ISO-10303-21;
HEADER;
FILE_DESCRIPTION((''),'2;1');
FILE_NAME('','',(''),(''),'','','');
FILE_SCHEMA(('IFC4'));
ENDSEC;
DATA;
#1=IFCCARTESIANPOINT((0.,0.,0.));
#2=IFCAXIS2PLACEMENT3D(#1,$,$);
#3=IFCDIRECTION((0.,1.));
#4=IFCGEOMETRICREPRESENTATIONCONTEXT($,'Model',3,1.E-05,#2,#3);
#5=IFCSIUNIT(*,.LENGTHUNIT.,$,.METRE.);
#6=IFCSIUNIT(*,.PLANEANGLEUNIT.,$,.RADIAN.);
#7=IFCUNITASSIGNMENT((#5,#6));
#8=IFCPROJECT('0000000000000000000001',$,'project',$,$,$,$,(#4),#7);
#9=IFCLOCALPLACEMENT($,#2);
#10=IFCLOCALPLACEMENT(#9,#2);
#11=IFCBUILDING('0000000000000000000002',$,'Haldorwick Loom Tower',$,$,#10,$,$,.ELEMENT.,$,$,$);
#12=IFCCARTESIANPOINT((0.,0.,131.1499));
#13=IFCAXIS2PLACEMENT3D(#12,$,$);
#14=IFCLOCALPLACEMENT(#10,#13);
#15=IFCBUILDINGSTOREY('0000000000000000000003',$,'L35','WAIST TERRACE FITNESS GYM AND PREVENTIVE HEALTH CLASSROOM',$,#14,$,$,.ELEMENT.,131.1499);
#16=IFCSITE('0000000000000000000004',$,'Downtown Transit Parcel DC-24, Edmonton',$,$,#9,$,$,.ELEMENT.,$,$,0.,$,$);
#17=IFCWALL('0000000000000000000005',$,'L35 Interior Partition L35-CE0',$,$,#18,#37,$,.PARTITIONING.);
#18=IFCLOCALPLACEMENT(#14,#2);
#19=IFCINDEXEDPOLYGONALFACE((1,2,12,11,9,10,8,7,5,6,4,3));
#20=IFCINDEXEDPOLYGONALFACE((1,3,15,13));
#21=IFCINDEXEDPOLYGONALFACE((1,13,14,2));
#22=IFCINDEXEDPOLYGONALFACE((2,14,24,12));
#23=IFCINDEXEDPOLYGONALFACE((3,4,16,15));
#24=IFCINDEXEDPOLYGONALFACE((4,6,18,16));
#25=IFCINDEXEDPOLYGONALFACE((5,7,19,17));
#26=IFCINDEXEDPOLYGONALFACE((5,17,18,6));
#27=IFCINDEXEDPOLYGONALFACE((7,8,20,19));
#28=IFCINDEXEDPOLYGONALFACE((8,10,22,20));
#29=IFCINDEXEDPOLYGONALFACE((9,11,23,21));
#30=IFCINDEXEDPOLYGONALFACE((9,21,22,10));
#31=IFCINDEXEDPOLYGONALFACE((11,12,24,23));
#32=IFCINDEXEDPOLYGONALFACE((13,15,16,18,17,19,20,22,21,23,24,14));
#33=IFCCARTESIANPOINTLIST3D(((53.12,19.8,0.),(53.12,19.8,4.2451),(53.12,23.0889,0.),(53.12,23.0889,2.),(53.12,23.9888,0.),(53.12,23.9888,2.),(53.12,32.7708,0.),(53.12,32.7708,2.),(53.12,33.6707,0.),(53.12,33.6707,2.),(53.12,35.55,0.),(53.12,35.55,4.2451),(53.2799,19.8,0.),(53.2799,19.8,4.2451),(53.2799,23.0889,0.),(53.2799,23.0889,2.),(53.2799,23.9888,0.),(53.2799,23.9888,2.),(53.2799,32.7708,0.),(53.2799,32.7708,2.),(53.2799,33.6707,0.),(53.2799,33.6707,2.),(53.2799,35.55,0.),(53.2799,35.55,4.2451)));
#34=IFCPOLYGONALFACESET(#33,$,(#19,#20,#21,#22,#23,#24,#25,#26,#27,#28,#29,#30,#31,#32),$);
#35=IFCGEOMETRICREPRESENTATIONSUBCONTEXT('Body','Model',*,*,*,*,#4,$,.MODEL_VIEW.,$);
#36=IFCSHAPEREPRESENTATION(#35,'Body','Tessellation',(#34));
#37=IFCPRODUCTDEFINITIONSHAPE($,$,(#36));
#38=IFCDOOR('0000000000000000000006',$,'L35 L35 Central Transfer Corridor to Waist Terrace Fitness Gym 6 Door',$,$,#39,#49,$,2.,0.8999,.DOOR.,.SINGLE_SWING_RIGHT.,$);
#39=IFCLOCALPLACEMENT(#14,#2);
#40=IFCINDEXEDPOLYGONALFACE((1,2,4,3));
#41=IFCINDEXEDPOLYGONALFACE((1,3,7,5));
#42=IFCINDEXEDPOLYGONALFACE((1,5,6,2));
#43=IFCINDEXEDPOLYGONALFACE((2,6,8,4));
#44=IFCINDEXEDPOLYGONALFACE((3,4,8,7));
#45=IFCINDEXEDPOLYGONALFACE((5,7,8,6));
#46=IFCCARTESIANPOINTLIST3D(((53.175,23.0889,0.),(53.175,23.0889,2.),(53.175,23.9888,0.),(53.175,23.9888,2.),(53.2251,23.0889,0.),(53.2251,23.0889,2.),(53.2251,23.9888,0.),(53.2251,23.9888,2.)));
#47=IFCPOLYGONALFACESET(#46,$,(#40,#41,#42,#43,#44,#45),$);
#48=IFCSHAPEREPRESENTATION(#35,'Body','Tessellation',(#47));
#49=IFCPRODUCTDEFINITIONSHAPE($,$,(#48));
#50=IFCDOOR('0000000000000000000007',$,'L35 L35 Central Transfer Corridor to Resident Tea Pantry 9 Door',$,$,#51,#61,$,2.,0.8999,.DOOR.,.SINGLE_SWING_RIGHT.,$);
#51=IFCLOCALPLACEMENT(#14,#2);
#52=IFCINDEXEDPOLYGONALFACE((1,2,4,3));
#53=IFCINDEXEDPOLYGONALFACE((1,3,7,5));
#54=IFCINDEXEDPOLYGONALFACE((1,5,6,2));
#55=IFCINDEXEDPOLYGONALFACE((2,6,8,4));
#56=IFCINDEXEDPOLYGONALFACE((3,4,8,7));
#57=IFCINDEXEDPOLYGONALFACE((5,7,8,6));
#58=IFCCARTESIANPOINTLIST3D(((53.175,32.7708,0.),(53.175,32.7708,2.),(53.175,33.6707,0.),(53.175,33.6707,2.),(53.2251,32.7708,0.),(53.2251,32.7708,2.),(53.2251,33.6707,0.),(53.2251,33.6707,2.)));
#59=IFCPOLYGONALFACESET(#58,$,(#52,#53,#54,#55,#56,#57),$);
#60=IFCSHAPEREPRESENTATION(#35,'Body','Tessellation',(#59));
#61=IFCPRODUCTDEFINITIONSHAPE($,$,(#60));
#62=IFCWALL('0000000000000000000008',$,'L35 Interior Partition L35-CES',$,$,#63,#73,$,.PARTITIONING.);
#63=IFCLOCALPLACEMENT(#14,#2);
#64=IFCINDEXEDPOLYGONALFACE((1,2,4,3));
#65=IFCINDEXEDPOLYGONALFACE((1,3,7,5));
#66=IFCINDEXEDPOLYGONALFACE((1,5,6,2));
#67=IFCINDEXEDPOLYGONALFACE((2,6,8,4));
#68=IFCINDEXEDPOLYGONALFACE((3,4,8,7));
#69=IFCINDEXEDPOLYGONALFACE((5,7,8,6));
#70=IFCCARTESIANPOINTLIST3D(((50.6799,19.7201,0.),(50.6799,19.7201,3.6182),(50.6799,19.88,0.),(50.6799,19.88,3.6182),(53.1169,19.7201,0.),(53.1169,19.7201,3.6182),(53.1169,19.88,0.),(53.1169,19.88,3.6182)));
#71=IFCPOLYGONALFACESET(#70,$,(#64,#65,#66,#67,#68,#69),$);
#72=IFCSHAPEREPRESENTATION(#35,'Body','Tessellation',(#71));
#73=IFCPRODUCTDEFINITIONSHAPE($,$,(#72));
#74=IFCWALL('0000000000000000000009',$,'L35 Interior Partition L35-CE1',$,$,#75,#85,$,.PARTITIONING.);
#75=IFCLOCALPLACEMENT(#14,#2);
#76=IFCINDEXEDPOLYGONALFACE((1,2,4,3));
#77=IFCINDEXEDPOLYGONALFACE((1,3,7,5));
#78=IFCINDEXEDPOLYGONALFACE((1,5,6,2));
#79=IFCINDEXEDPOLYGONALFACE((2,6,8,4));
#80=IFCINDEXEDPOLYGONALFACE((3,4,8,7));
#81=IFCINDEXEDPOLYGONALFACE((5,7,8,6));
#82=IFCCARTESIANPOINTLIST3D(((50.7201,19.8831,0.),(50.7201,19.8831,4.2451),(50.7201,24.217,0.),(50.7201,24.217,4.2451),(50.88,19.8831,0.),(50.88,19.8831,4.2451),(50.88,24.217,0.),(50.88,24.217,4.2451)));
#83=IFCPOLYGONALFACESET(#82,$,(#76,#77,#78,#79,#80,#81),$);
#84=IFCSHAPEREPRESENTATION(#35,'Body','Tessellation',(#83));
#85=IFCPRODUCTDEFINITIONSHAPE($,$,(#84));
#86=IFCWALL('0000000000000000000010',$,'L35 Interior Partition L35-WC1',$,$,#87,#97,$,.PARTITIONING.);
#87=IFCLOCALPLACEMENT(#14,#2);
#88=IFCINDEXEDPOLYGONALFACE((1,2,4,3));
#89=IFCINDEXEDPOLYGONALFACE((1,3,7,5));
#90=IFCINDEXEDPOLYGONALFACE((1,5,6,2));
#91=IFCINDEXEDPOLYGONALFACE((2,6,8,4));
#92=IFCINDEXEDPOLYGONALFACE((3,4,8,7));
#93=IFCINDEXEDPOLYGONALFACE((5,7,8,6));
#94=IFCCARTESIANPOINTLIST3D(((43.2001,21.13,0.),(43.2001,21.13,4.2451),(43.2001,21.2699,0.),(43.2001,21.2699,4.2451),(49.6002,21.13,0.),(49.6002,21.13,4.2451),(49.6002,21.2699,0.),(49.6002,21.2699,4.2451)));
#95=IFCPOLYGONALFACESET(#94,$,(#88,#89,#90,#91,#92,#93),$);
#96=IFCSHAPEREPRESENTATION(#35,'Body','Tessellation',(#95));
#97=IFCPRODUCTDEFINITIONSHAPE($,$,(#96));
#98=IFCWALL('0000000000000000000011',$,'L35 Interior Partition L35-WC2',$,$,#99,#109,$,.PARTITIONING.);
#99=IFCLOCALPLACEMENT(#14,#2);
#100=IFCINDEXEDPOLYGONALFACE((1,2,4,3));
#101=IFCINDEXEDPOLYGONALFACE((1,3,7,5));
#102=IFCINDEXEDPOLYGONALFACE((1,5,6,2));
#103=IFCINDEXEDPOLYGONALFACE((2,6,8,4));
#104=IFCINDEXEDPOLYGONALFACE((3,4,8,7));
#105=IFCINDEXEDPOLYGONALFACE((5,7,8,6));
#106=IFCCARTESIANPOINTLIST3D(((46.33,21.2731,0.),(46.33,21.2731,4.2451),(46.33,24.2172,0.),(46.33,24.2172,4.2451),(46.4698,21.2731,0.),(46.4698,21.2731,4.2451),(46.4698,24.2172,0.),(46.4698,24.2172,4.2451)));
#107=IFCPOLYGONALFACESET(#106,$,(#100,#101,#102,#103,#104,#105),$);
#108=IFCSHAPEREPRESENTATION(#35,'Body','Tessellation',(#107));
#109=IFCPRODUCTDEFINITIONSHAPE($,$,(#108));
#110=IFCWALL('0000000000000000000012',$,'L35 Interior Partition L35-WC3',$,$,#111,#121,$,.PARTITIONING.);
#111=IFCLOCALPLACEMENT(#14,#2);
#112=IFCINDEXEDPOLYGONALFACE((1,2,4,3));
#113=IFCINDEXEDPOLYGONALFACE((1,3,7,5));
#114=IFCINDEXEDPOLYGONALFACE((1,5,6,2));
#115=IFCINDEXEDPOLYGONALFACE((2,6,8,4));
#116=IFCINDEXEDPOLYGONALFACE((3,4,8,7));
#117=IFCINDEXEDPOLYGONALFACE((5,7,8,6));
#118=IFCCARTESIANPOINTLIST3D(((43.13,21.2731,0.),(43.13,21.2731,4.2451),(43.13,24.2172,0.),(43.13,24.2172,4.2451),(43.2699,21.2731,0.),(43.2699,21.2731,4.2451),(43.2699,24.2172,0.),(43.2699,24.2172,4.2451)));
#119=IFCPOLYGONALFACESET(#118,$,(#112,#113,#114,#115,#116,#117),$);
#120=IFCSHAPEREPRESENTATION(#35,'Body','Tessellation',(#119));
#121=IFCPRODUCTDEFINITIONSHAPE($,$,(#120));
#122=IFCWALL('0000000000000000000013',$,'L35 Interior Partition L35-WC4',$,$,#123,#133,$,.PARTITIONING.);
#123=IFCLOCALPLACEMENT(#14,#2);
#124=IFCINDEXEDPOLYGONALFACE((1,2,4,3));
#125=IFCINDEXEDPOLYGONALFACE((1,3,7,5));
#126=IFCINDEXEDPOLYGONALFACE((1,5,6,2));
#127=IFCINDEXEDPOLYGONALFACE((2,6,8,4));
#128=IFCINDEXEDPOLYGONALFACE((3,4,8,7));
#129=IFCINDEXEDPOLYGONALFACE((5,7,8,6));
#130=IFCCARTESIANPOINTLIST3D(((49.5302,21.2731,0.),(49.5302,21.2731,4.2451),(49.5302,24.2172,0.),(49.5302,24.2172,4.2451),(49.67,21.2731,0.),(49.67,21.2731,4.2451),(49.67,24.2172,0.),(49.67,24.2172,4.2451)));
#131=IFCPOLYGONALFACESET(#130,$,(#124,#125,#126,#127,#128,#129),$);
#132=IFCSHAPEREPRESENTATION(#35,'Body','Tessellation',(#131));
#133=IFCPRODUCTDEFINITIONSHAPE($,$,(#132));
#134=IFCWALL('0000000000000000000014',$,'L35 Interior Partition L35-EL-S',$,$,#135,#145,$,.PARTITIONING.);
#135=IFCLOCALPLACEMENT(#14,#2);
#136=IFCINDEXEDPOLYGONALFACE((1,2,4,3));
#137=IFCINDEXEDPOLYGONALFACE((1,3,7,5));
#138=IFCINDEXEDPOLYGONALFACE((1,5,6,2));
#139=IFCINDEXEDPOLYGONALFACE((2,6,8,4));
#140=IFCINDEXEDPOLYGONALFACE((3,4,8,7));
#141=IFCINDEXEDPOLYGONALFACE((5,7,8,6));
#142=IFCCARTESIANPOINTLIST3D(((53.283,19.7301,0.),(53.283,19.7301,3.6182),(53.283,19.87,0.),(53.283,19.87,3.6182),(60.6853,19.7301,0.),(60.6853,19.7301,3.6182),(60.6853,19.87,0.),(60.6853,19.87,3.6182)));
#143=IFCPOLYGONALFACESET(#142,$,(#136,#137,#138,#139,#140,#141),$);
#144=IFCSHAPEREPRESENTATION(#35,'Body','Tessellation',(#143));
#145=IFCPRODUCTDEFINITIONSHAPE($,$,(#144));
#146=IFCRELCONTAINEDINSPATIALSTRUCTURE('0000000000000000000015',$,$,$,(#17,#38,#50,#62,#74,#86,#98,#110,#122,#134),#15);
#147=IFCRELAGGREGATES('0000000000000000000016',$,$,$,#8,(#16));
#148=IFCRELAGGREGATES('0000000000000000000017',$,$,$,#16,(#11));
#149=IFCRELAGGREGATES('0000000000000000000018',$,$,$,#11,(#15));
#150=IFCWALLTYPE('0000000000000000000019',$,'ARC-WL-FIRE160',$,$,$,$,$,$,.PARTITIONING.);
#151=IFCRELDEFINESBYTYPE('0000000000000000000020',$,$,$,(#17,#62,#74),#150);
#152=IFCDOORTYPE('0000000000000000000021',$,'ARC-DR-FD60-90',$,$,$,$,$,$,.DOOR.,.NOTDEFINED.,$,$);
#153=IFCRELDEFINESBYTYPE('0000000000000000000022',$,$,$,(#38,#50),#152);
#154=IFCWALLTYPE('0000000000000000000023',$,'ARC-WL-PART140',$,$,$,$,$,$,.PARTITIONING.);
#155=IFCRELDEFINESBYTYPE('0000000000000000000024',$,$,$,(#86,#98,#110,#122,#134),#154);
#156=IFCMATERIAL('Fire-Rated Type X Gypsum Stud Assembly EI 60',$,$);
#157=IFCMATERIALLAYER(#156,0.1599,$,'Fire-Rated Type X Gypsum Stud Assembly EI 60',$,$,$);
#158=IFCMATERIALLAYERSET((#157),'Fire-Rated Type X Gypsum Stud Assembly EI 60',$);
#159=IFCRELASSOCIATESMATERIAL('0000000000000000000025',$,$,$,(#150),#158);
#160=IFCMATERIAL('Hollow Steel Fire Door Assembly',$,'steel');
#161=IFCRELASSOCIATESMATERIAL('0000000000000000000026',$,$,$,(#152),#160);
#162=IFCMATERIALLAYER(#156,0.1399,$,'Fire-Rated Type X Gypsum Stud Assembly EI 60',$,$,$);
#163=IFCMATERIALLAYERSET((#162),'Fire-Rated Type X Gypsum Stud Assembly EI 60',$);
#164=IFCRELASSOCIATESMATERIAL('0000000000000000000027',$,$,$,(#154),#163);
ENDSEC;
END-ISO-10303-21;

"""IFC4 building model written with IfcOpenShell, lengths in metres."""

from ifc_helpers import new_model, si_unit, direction, frame, frame_2d, origin, place, context, subcontext, project, spatial, rectangle, extrude, material, layer, layer_set, type_object, element, fill, save


model = new_model("IFC4")

# Units and contexts
model_context = context("Model", 3, precision=1e-05, world=origin(), true_north=direction((0.0, 1.0)))
body_context = subcontext(model_context, "Body", "Model", "MODEL_VIEW")
ifc_project = project(units=[si_unit("LENGTHUNIT", "METRE"), si_unit("PLANEANGLEUNIT", "RADIAN")], contexts=[model_context])

# Site, building, storey
site_placement = place(None, origin())
site = spatial("IfcSite", under=ifc_project, at=site_placement, Name="Downtown Transit Parcel DC-24, Edmonton", CompositionType="ELEMENT", RefElevation=0.0)
building_placement = place(site_placement, origin())
building = spatial("IfcBuilding", under=site, at=building_placement, Name="Haldorwick Loom Tower", CompositionType="ELEMENT")
storey_placement = place(building_placement, frame((0.0, 0.0, 131.1499)))
storey = spatial("IfcBuildingStorey", under=building, at=storey_placement, Name="L35", Description="WAIST TERRACE FITNESS GYM AND PREVENTIVE HEALTH CLASSROOM", CompositionType="ELEMENT", Elevation=131.1499)

# Wall, openings, doors
ifc_material_1 = material(Name="Fire-Rated Type X Gypsum Stud Assembly EI 60")
ifc_layer_1 = layer(ifc_material_1, 0.1599, Name="Fire-Rated Type X Gypsum Stud Assembly EI 60")
ifc_layer_set_1 = layer_set([ifc_layer_1], Name="Fire-Rated Type X Gypsum Stud Assembly EI 60")
wall_type_1 = type_object("IfcWallType", Name="ARC-WL-FIRE160", PredefinedType="PARTITIONING", material=ifc_layer_set_1)
wall_1_placement = place(storey_placement, frame((53.2, 19.8, 0.0), z_axis=(0.0, 0.0, 1.0), x_axis=(0.0, 1.0, 0.0)))
wall_1 = element("IfcWall", 1, at=wall_1_placement, inside=storey, type_object=wall_type_1, Name="L35 Interior Partition L35-CE0", PredefinedType="PARTITIONING", context=body_context, shape_type="SweptSolid", body=[
    extrude(rectangle(XDim=15.75, YDim=0.1599, at=frame_2d((7.875, 0.0))), origin(), (0.0, 0.0, 1.0), 4.2451),
])
opening_1_placement = place(wall_1_placement, frame((3.2888, 0.0, 0.0)))
opening_1 = element("IfcOpeningElement", 2, at=opening_1_placement, cuts=wall_1, PredefinedType="OPENING", context=body_context, shape_type="SweptSolid", body=[
    extrude(rectangle(XDim=0.8999, YDim=2.0, at=frame_2d((0.45, 1.0))), frame((0.0, 0.0898, 0.0), z_axis=(0.0, -1.0, 0.0), x_axis=(1.0, 0.0, 0.0)), (0.0, 0.0, 1.0), 0.1799),
])
opening_2_placement = place(wall_1_placement, frame((12.9707, 0.0, 0.0)))
opening_2 = element("IfcOpeningElement", 3, at=opening_2_placement, cuts=wall_1, PredefinedType="OPENING", context=body_context, shape_type="SweptSolid", body=[
    extrude(rectangle(XDim=0.8999, YDim=2.0, at=frame_2d((0.45, 1.0))), frame((0.0, 0.0898, 0.0), z_axis=(0.0, -1.0, 0.0), x_axis=(1.0, 0.0, 0.0)), (0.0, 0.0, 1.0), 0.1799),
])
ifc_material_2 = material(Name="Hollow Steel Fire Door Assembly", Category="steel")
door_type = type_object("IfcDoorType", Name="ARC-DR-FD60-90", OperationType="NOTDEFINED", PredefinedType="DOOR", material=ifc_material_2)
door_1_placement = place(opening_1_placement, origin())
door_1 = element("IfcDoor", 4, at=door_1_placement, inside=storey, type_object=door_type, Name="L35 L35 Central Transfer Corridor to Waist Terrace Fitness Gym 6 Door", OperationType="SINGLE_SWING_RIGHT", OverallHeight=2.0, OverallWidth=0.8999, PredefinedType="DOOR", context=body_context, shape_type="SweptSolid", body=[
    extrude(rectangle(XDim=0.8999, YDim=2.0, at=frame_2d((0.45, 1.0))), frame((0.0, 0.0249, 0.0), z_axis=(0.0, -1.0, 0.0), x_axis=(1.0, 0.0, 0.0)), (0.0, 0.0, 1.0), 0.05),
])
fill(opening_1, door_1)
door_2_placement = place(opening_2_placement, origin())
door_2 = element("IfcDoor", 5, at=door_2_placement, inside=storey, type_object=door_type, Name="L35 L35 Central Transfer Corridor to Resident Tea Pantry 9 Door", OperationType="SINGLE_SWING_RIGHT", OverallHeight=2.0, OverallWidth=0.8999, PredefinedType="DOOR", context=body_context, shape_type="SweptSolid", body=[
    extrude(rectangle(XDim=0.8999, YDim=2.0, at=frame_2d((0.45, 1.0))), frame((0.0, 0.0249, 0.0), z_axis=(0.0, -1.0, 0.0), x_axis=(1.0, 0.0, 0.0)), (0.0, 0.0, 1.0), 0.05),
])
fill(opening_2, door_2)

# Walls
wall_2_placement = place(storey_placement, frame((50.6799, 19.8, 0.0), z_axis=(0.0, 0.0, 1.0), x_axis=(1.0, 0.0, 0.0)))
element("IfcWall", 6, at=wall_2_placement, inside=storey, type_object=wall_type_1, Name="L35 Interior Partition L35-CES", PredefinedType="PARTITIONING", context=body_context, shape_type="SweptSolid", body=[
    extrude(rectangle(XDim=2.437, YDim=0.1599, at=frame_2d((1.2185, 0.0))), origin(), (0.0, 0.0, 1.0), 3.6182),
])
wall_3_placement = place(storey_placement, frame((50.8, 19.8831, 0.0), z_axis=(0.0, 0.0, 1.0), x_axis=(0.0, 1.0, 0.0)))
element("IfcWall", 7, at=wall_3_placement, inside=storey, type_object=wall_type_1, Name="L35 Interior Partition L35-CE1", PredefinedType="PARTITIONING", context=body_context, shape_type="SweptSolid", body=[
    extrude(rectangle(XDim=4.334, YDim=0.1599, at=frame_2d((2.167, 0.0))), origin(), (0.0, 0.0, 1.0), 4.2451),
])
ifc_layer_2 = layer(ifc_material_1, 0.1399, Name="Fire-Rated Type X Gypsum Stud Assembly EI 60")
ifc_layer_set_2 = layer_set([ifc_layer_2], Name="Fire-Rated Type X Gypsum Stud Assembly EI 60")
wall_type_2 = type_object("IfcWallType", Name="ARC-WL-PART140", PredefinedType="PARTITIONING", material=ifc_layer_set_2)
wall_4_placement = place(storey_placement, frame((43.2, 21.2, 0.0), z_axis=(0.0, 0.0, 1.0), x_axis=(1.0, 0.0, 0.0)))
element("IfcWall", 8, at=wall_4_placement, inside=storey, type_object=wall_type_2, Name="L35 Interior Partition L35-WC1", PredefinedType="PARTITIONING", context=body_context, shape_type="SweptSolid", body=[
    extrude(rectangle(XDim=6.4001, YDim=0.1399, at=frame_2d((3.2002, 0.0))), origin(), (0.0, 0.0, 1.0), 4.2451),
])
for number, where, z_axis, x_axis, name in (
    (9, (46.3999, 21.2729, 0.0), (0.0, 0.0, 1.0), (0.0, 1.0, 0.0), "L35 Interior Partition L35-WC2"),
    (10, (43.2, 21.2729, 0.0), (0.0, 0.0, 1.0), (0.0, 1.0, 0.0), "L35 Interior Partition L35-WC3"),
    (11, (49.6001, 21.2729, 0.0), (0.0, 0.0, 1.0), (0.0, 1.0, 0.0), "L35 Interior Partition L35-WC4"),
):
    element("IfcWall", number, at=place(storey_placement, frame(where, z_axis=z_axis, x_axis=x_axis)), inside=storey, type_object=wall_type_2, Name=name, PredefinedType="PARTITIONING", context=body_context, shape_type="SweptSolid", body=[
        extrude(rectangle(XDim=2.9441, YDim=0.1399, at=frame_2d((1.4722, 0.0))), origin(), (0.0, 0.0, 1.0), 4.2451),
    ])
wall_5_placement = place(storey_placement, frame((53.283, 19.8, 0.0), z_axis=(0.0, 0.0, 1.0), x_axis=(1.0, 0.0, 0.0)))
element("IfcWall", 12, at=wall_5_placement, inside=storey, type_object=wall_type_2, Name="L35 Interior Partition L35-EL-S", PredefinedType="PARTITIONING", context=body_context, shape_type="SweptSolid", body=[
    extrude(rectangle(XDim=7.4023, YDim=0.1399, at=frame_2d((3.7012, 0.0))), origin(), (0.0, 0.0, 1.0), 3.6182),
])

save(model, "model.ifc")
